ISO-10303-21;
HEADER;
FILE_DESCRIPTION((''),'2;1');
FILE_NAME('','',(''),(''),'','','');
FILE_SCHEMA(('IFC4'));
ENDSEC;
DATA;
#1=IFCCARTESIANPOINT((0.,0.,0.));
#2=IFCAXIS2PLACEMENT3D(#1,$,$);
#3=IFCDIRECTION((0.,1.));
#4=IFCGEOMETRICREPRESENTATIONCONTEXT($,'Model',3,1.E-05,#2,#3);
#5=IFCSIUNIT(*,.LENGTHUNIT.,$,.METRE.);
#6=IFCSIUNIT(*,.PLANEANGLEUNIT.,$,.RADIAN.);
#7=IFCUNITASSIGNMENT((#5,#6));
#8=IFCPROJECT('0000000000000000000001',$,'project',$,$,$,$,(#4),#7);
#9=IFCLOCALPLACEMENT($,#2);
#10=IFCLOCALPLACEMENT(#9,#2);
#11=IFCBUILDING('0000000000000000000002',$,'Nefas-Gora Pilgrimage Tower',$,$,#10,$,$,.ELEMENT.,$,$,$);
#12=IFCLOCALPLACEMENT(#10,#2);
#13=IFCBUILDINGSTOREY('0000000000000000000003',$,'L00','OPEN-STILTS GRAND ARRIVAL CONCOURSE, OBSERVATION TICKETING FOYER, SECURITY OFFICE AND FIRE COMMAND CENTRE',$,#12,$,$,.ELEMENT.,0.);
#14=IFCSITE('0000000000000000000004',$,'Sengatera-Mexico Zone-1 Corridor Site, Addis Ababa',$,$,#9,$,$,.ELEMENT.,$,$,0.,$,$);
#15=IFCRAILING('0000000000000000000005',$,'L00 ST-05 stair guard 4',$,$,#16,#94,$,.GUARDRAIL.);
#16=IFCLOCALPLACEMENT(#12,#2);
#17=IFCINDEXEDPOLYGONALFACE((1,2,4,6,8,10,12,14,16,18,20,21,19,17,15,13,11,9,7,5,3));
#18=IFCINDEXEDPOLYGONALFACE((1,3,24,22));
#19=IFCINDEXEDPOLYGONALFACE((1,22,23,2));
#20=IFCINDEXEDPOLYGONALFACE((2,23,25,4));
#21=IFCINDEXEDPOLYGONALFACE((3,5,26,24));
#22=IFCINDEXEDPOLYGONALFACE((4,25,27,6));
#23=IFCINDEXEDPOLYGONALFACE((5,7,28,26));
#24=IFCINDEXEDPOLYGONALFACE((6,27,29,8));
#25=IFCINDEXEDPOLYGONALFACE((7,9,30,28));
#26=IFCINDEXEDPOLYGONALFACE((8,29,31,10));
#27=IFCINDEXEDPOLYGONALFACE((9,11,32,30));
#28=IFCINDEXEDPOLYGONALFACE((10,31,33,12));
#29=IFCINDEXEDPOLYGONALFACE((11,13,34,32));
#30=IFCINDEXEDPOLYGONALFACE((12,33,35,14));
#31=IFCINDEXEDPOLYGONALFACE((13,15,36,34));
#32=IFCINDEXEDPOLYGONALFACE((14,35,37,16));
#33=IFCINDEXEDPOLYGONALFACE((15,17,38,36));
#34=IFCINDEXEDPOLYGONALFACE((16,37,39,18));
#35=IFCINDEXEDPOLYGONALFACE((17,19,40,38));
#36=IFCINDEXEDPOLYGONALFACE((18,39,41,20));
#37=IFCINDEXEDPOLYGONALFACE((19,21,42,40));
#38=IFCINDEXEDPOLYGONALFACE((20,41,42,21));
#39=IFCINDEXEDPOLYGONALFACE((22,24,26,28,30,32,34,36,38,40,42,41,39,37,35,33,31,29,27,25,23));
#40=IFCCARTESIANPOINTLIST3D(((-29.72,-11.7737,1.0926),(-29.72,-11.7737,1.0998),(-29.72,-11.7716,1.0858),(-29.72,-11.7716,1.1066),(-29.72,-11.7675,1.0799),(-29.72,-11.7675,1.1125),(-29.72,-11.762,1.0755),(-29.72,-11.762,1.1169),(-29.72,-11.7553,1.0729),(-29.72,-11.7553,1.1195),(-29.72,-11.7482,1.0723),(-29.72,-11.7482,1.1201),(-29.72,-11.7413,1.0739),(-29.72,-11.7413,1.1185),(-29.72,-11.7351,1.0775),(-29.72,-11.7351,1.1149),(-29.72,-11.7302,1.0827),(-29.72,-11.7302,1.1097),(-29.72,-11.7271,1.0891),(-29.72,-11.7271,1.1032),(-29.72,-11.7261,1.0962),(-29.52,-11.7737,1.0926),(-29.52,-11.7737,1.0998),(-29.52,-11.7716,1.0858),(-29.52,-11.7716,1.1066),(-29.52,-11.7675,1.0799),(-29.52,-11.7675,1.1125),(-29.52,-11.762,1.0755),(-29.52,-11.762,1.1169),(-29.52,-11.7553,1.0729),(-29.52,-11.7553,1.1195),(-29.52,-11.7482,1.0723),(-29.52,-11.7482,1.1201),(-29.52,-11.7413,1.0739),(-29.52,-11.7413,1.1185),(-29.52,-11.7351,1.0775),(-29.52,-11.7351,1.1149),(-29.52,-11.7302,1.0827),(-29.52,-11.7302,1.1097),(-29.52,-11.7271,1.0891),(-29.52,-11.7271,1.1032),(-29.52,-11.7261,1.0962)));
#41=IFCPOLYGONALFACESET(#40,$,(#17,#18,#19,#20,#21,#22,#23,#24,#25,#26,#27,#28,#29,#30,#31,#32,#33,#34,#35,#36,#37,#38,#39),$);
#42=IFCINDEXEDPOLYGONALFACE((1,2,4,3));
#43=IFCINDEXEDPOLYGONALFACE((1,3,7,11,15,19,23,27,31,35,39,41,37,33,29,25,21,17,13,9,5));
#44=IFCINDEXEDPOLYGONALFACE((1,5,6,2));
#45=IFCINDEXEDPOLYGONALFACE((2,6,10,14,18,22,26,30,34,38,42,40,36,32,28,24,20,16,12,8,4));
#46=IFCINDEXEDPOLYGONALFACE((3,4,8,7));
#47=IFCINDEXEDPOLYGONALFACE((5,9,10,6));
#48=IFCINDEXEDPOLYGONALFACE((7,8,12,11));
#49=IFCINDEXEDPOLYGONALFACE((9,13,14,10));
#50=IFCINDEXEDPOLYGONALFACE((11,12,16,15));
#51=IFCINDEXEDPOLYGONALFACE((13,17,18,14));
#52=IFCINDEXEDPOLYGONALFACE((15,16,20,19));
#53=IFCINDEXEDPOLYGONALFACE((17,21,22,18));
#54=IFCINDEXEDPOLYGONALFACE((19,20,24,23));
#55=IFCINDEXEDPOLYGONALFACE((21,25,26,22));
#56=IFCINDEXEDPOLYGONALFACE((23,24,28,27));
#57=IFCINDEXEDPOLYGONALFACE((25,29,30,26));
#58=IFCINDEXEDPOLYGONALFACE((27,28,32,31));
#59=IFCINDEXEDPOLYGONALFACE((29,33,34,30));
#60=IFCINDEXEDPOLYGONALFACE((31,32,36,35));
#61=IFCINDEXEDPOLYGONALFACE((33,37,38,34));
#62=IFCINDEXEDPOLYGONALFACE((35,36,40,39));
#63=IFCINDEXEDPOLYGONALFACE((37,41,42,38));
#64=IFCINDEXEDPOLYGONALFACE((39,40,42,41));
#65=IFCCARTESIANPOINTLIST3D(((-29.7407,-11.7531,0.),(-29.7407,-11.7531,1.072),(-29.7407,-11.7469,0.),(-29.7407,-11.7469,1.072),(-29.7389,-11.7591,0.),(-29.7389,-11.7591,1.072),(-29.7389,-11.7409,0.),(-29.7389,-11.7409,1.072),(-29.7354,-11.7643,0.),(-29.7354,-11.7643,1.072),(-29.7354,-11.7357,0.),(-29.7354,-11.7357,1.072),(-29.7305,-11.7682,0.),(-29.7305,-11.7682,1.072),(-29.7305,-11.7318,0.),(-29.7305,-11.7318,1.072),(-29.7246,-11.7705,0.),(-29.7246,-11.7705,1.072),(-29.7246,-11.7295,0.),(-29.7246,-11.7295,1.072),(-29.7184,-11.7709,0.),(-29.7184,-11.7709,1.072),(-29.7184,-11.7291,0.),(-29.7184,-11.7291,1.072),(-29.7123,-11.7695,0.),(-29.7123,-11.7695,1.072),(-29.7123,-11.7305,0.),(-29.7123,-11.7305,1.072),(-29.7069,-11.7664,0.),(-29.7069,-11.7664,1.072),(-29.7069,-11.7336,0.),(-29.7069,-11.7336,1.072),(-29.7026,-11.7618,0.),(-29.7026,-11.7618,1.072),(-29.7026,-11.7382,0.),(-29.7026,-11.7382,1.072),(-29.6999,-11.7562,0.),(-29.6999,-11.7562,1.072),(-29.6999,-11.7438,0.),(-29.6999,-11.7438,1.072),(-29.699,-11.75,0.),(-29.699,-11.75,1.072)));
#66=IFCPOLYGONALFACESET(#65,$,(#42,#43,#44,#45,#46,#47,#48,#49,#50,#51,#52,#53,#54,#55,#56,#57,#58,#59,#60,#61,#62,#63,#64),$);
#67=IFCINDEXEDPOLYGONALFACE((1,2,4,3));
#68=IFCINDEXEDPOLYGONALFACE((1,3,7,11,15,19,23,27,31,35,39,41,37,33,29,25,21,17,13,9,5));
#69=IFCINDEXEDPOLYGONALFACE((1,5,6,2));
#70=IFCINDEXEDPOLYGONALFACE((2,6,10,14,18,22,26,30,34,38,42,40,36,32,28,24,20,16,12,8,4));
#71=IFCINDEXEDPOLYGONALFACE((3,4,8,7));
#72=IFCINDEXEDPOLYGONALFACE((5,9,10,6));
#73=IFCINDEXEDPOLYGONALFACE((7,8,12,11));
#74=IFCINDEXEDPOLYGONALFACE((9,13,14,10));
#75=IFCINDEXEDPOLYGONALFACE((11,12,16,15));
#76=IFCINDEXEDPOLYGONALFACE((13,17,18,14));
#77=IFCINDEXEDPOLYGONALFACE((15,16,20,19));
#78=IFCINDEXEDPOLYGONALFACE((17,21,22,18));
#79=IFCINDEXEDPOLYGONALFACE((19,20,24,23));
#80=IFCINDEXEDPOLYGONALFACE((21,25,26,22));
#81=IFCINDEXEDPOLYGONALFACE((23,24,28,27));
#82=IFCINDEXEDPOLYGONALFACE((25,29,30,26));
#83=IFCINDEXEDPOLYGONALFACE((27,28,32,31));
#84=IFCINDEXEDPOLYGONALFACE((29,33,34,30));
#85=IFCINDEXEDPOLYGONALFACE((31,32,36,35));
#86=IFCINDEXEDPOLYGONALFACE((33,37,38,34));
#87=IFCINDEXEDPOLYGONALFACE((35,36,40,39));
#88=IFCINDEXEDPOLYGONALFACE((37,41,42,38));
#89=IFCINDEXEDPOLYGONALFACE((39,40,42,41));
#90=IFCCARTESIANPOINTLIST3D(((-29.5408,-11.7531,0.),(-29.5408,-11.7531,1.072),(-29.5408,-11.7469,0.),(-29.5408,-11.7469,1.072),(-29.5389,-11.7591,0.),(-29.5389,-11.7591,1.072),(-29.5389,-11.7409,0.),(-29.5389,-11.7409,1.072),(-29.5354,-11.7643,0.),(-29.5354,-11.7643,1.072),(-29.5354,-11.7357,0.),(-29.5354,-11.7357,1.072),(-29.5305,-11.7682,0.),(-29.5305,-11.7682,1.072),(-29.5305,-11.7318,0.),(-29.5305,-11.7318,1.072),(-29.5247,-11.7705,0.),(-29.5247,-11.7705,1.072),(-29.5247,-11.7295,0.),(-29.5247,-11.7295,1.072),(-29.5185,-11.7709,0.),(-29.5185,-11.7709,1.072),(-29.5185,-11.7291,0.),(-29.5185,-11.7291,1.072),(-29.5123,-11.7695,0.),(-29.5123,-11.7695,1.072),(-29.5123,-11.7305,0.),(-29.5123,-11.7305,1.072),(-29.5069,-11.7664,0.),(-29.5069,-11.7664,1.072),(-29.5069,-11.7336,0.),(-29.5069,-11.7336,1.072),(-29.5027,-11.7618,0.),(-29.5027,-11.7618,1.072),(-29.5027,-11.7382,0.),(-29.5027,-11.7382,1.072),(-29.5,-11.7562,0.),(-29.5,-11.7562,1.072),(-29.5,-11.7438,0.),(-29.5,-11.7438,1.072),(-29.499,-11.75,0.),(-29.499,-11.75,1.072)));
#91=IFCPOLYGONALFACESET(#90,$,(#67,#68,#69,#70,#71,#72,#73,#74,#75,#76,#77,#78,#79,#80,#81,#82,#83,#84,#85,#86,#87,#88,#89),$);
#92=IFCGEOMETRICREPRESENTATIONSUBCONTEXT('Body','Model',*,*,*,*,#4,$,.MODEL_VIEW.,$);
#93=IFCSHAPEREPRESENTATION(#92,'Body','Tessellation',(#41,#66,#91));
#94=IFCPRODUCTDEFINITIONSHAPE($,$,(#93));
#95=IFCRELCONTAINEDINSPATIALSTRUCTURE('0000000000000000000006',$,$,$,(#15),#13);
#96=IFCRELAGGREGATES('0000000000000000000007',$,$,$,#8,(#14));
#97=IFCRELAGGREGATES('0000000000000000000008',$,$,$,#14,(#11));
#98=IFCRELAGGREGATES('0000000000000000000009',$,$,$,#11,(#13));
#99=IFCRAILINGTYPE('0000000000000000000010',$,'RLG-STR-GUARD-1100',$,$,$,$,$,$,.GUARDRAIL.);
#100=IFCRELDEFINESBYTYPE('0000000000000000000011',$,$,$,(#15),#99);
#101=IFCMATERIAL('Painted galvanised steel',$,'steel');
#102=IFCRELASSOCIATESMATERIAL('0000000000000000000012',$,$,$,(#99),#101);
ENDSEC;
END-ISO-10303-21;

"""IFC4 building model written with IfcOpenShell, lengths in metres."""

from ifc_helpers import new_model, si_unit, direction, frame, origin, origin_2d, place, context, subcontext, project, spatial, circle, extrude, material, type_object, element, save


model = new_model("IFC4")

# Units and contexts
model_context = context("Model", 3, precision=1e-05, world=origin(), true_north=direction((0.0, 1.0)))
body_context = subcontext(model_context, "Body", "Model", "MODEL_VIEW")
ifc_project = project(units=[si_unit("LENGTHUNIT", "METRE"), si_unit("PLANEANGLEUNIT", "RADIAN")], contexts=[model_context])

# Site, building, storey
site_placement = place(None, origin())
site = spatial("IfcSite", under=ifc_project, at=site_placement, Name="Sengatera-Mexico Zone-1 Corridor Site, Addis Ababa", CompositionType="ELEMENT", RefElevation=0.0)
building_placement = place(site_placement, origin())
building = spatial("IfcBuilding", under=site, at=building_placement, Name="Nefas-Gora Pilgrimage Tower", CompositionType="ELEMENT")
storey_placement = place(building_placement, origin())
storey = spatial("IfcBuildingStorey", under=building, at=storey_placement, Name="L00", Description="OPEN-STILTS GRAND ARRIVAL CONCOURSE, OBSERVATION TICKETING FOYER, SECURITY OFFICE AND FIRE COMMAND CENTRE", CompositionType="ELEMENT", Elevation=0.0)

# Railing
ifc_material_1 = material(Name="Painted galvanised steel", Category="steel")
railing_type_1 = type_object("IfcRailingType", Name="RLG-STR-GUARD-1100", PredefinedType="GUARDRAIL", material=ifc_material_1)
railing_1_placement = place(storey_placement, frame((-29.72, -11.75, 0.0)))
element("IfcRailing", 1, at=railing_1_placement, inside=storey, type_object=railing_type_1, Name="L00 ST-05 stair guard 4", PredefinedType="GUARDRAIL", context=body_context, shape_type="SweptSolid", body=[
    extrude(circle(Radius=0.0239, at=origin_2d()), frame((0.0, 0.0, 1.0962), z_axis=(1.0, 0.0, 0.0), x_axis=(0.0, 1.0, 0.0)), (0.0, 0.0, 1.0), 0.2),
    extrude(circle(Radius=0.021, at=origin_2d()), origin(), (0.0, 0.0, 1.0), 1.072),
    extrude(circle(Radius=0.021, at=origin_2d()), frame((0.2, 0.0, 0.0)), (0.0, 0.0, 1.0), 1.072),
])

save(model, "model.ifc")
